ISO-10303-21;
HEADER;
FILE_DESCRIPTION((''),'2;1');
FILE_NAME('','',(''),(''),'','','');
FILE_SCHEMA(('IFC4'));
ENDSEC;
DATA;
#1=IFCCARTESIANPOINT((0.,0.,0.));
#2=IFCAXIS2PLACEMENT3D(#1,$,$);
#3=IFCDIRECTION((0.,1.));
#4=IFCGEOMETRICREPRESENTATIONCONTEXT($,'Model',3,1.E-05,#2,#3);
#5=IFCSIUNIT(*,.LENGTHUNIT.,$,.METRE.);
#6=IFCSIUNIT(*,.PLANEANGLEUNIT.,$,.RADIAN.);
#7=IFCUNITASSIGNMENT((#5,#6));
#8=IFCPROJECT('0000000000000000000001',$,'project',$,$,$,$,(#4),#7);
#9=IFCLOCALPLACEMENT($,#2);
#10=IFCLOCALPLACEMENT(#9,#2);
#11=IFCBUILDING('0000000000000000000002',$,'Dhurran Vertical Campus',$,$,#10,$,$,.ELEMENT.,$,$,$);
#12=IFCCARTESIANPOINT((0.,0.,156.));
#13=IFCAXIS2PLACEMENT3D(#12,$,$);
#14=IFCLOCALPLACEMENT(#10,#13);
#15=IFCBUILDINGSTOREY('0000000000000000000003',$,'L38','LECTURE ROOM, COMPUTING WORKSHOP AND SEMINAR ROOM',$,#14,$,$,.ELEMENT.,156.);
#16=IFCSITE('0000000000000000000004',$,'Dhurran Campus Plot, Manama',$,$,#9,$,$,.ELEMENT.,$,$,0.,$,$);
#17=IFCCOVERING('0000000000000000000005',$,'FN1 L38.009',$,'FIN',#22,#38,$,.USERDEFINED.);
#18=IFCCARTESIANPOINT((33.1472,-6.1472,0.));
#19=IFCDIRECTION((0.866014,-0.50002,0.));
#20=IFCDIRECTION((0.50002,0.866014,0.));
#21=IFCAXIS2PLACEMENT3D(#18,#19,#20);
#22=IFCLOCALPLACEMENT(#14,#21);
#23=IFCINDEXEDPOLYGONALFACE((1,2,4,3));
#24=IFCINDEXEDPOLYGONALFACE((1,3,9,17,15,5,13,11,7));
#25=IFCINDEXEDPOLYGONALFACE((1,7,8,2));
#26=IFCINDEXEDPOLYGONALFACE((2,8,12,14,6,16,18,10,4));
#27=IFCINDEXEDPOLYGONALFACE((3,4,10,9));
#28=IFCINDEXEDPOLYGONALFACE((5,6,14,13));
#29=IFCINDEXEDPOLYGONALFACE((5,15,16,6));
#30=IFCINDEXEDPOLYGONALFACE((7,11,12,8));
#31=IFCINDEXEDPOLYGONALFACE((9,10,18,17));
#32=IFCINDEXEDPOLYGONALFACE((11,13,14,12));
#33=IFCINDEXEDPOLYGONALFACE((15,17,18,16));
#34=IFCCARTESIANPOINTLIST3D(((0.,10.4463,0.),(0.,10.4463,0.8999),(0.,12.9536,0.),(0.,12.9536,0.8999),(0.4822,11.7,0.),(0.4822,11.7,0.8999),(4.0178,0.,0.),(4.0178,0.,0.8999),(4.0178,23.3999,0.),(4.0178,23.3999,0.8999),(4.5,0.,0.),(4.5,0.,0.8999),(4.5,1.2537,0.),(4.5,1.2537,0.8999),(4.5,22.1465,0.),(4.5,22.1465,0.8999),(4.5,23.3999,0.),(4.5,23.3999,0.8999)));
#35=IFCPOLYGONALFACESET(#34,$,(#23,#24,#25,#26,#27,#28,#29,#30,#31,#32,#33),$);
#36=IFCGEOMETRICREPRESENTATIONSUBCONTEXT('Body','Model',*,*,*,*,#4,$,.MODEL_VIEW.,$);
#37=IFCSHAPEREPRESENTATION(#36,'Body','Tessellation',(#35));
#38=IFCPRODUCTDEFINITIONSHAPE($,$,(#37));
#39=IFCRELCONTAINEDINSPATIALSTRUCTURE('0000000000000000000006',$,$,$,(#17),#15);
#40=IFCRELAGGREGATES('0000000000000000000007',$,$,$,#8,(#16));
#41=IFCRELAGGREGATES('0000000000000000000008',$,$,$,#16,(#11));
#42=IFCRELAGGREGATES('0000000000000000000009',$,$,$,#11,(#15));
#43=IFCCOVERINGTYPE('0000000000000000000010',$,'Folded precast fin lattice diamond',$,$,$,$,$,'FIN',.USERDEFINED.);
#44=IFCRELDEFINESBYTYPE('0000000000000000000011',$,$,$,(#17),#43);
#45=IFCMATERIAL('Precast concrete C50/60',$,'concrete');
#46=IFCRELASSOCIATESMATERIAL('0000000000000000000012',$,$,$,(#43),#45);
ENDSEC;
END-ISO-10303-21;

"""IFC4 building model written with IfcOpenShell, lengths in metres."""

from ifc_helpers import new_model, si_unit, direction, frame, origin, place, context, subcontext, project, spatial, polyline, outline, extrude, material, type_object, element, save


model = new_model("IFC4")

# Units and contexts
model_context = context("Model", 3, precision=1e-05, world=origin(), true_north=direction((0.0, 1.0)))
body_context = subcontext(model_context, "Body", "Model", "MODEL_VIEW")
ifc_project = project(units=[si_unit("LENGTHUNIT", "METRE"), si_unit("PLANEANGLEUNIT", "RADIAN")], contexts=[model_context])

# Site, building, storey
site_placement = place(None, origin())
site = spatial("IfcSite", under=ifc_project, at=site_placement, Name="Dhurran Campus Plot, Manama", CompositionType="ELEMENT", RefElevation=0.0)
building_placement = place(site_placement, origin())
building = spatial("IfcBuilding", under=site, at=building_placement, Name="Dhurran Vertical Campus", CompositionType="ELEMENT")
storey_placement = place(building_placement, frame((0.0, 0.0, 156.0)))
storey = spatial("IfcBuildingStorey", under=building, at=storey_placement, Name="L38", Description="LECTURE ROOM, COMPUTING WORKSHOP AND SEMINAR ROOM", CompositionType="ELEMENT", Elevation=156.0)

# Covering
ifc_material_1 = material(Name="Precast concrete C50/60", Category="concrete")
covering_type = type_object("IfcCoveringType", Name="Folded precast fin lattice diamond", ElementType="FIN", PredefinedType="USERDEFINED", material=ifc_material_1)
covering_1_placement = place(storey_placement, frame((33.1472, -6.1472, 0.0), z_axis=(0.866014, -0.50002, 0.0), x_axis=(0.50002, 0.866014, 0.0)))
element("IfcCovering", 1, at=covering_1_placement, inside=storey, type_object=covering_type, Name="FN1 L38.009", ObjectType="FIN", PredefinedType="USERDEFINED", context=body_context, shape_type="SweptSolid", body=[
    extrude(outline(polyline([(4.0178, 0.0), (0.0, 10.4463), (0.0, 12.9536), (4.0178, 23.3999), (4.5, 23.3999), (4.5, 22.1465), (0.4822, 11.7), (4.5, 1.2537), (4.5, 0.0), (4.0178, 0.0)])), origin(), (0.0, 0.0, 1.0), 0.8999),
])

save(model, "model.ifc")
